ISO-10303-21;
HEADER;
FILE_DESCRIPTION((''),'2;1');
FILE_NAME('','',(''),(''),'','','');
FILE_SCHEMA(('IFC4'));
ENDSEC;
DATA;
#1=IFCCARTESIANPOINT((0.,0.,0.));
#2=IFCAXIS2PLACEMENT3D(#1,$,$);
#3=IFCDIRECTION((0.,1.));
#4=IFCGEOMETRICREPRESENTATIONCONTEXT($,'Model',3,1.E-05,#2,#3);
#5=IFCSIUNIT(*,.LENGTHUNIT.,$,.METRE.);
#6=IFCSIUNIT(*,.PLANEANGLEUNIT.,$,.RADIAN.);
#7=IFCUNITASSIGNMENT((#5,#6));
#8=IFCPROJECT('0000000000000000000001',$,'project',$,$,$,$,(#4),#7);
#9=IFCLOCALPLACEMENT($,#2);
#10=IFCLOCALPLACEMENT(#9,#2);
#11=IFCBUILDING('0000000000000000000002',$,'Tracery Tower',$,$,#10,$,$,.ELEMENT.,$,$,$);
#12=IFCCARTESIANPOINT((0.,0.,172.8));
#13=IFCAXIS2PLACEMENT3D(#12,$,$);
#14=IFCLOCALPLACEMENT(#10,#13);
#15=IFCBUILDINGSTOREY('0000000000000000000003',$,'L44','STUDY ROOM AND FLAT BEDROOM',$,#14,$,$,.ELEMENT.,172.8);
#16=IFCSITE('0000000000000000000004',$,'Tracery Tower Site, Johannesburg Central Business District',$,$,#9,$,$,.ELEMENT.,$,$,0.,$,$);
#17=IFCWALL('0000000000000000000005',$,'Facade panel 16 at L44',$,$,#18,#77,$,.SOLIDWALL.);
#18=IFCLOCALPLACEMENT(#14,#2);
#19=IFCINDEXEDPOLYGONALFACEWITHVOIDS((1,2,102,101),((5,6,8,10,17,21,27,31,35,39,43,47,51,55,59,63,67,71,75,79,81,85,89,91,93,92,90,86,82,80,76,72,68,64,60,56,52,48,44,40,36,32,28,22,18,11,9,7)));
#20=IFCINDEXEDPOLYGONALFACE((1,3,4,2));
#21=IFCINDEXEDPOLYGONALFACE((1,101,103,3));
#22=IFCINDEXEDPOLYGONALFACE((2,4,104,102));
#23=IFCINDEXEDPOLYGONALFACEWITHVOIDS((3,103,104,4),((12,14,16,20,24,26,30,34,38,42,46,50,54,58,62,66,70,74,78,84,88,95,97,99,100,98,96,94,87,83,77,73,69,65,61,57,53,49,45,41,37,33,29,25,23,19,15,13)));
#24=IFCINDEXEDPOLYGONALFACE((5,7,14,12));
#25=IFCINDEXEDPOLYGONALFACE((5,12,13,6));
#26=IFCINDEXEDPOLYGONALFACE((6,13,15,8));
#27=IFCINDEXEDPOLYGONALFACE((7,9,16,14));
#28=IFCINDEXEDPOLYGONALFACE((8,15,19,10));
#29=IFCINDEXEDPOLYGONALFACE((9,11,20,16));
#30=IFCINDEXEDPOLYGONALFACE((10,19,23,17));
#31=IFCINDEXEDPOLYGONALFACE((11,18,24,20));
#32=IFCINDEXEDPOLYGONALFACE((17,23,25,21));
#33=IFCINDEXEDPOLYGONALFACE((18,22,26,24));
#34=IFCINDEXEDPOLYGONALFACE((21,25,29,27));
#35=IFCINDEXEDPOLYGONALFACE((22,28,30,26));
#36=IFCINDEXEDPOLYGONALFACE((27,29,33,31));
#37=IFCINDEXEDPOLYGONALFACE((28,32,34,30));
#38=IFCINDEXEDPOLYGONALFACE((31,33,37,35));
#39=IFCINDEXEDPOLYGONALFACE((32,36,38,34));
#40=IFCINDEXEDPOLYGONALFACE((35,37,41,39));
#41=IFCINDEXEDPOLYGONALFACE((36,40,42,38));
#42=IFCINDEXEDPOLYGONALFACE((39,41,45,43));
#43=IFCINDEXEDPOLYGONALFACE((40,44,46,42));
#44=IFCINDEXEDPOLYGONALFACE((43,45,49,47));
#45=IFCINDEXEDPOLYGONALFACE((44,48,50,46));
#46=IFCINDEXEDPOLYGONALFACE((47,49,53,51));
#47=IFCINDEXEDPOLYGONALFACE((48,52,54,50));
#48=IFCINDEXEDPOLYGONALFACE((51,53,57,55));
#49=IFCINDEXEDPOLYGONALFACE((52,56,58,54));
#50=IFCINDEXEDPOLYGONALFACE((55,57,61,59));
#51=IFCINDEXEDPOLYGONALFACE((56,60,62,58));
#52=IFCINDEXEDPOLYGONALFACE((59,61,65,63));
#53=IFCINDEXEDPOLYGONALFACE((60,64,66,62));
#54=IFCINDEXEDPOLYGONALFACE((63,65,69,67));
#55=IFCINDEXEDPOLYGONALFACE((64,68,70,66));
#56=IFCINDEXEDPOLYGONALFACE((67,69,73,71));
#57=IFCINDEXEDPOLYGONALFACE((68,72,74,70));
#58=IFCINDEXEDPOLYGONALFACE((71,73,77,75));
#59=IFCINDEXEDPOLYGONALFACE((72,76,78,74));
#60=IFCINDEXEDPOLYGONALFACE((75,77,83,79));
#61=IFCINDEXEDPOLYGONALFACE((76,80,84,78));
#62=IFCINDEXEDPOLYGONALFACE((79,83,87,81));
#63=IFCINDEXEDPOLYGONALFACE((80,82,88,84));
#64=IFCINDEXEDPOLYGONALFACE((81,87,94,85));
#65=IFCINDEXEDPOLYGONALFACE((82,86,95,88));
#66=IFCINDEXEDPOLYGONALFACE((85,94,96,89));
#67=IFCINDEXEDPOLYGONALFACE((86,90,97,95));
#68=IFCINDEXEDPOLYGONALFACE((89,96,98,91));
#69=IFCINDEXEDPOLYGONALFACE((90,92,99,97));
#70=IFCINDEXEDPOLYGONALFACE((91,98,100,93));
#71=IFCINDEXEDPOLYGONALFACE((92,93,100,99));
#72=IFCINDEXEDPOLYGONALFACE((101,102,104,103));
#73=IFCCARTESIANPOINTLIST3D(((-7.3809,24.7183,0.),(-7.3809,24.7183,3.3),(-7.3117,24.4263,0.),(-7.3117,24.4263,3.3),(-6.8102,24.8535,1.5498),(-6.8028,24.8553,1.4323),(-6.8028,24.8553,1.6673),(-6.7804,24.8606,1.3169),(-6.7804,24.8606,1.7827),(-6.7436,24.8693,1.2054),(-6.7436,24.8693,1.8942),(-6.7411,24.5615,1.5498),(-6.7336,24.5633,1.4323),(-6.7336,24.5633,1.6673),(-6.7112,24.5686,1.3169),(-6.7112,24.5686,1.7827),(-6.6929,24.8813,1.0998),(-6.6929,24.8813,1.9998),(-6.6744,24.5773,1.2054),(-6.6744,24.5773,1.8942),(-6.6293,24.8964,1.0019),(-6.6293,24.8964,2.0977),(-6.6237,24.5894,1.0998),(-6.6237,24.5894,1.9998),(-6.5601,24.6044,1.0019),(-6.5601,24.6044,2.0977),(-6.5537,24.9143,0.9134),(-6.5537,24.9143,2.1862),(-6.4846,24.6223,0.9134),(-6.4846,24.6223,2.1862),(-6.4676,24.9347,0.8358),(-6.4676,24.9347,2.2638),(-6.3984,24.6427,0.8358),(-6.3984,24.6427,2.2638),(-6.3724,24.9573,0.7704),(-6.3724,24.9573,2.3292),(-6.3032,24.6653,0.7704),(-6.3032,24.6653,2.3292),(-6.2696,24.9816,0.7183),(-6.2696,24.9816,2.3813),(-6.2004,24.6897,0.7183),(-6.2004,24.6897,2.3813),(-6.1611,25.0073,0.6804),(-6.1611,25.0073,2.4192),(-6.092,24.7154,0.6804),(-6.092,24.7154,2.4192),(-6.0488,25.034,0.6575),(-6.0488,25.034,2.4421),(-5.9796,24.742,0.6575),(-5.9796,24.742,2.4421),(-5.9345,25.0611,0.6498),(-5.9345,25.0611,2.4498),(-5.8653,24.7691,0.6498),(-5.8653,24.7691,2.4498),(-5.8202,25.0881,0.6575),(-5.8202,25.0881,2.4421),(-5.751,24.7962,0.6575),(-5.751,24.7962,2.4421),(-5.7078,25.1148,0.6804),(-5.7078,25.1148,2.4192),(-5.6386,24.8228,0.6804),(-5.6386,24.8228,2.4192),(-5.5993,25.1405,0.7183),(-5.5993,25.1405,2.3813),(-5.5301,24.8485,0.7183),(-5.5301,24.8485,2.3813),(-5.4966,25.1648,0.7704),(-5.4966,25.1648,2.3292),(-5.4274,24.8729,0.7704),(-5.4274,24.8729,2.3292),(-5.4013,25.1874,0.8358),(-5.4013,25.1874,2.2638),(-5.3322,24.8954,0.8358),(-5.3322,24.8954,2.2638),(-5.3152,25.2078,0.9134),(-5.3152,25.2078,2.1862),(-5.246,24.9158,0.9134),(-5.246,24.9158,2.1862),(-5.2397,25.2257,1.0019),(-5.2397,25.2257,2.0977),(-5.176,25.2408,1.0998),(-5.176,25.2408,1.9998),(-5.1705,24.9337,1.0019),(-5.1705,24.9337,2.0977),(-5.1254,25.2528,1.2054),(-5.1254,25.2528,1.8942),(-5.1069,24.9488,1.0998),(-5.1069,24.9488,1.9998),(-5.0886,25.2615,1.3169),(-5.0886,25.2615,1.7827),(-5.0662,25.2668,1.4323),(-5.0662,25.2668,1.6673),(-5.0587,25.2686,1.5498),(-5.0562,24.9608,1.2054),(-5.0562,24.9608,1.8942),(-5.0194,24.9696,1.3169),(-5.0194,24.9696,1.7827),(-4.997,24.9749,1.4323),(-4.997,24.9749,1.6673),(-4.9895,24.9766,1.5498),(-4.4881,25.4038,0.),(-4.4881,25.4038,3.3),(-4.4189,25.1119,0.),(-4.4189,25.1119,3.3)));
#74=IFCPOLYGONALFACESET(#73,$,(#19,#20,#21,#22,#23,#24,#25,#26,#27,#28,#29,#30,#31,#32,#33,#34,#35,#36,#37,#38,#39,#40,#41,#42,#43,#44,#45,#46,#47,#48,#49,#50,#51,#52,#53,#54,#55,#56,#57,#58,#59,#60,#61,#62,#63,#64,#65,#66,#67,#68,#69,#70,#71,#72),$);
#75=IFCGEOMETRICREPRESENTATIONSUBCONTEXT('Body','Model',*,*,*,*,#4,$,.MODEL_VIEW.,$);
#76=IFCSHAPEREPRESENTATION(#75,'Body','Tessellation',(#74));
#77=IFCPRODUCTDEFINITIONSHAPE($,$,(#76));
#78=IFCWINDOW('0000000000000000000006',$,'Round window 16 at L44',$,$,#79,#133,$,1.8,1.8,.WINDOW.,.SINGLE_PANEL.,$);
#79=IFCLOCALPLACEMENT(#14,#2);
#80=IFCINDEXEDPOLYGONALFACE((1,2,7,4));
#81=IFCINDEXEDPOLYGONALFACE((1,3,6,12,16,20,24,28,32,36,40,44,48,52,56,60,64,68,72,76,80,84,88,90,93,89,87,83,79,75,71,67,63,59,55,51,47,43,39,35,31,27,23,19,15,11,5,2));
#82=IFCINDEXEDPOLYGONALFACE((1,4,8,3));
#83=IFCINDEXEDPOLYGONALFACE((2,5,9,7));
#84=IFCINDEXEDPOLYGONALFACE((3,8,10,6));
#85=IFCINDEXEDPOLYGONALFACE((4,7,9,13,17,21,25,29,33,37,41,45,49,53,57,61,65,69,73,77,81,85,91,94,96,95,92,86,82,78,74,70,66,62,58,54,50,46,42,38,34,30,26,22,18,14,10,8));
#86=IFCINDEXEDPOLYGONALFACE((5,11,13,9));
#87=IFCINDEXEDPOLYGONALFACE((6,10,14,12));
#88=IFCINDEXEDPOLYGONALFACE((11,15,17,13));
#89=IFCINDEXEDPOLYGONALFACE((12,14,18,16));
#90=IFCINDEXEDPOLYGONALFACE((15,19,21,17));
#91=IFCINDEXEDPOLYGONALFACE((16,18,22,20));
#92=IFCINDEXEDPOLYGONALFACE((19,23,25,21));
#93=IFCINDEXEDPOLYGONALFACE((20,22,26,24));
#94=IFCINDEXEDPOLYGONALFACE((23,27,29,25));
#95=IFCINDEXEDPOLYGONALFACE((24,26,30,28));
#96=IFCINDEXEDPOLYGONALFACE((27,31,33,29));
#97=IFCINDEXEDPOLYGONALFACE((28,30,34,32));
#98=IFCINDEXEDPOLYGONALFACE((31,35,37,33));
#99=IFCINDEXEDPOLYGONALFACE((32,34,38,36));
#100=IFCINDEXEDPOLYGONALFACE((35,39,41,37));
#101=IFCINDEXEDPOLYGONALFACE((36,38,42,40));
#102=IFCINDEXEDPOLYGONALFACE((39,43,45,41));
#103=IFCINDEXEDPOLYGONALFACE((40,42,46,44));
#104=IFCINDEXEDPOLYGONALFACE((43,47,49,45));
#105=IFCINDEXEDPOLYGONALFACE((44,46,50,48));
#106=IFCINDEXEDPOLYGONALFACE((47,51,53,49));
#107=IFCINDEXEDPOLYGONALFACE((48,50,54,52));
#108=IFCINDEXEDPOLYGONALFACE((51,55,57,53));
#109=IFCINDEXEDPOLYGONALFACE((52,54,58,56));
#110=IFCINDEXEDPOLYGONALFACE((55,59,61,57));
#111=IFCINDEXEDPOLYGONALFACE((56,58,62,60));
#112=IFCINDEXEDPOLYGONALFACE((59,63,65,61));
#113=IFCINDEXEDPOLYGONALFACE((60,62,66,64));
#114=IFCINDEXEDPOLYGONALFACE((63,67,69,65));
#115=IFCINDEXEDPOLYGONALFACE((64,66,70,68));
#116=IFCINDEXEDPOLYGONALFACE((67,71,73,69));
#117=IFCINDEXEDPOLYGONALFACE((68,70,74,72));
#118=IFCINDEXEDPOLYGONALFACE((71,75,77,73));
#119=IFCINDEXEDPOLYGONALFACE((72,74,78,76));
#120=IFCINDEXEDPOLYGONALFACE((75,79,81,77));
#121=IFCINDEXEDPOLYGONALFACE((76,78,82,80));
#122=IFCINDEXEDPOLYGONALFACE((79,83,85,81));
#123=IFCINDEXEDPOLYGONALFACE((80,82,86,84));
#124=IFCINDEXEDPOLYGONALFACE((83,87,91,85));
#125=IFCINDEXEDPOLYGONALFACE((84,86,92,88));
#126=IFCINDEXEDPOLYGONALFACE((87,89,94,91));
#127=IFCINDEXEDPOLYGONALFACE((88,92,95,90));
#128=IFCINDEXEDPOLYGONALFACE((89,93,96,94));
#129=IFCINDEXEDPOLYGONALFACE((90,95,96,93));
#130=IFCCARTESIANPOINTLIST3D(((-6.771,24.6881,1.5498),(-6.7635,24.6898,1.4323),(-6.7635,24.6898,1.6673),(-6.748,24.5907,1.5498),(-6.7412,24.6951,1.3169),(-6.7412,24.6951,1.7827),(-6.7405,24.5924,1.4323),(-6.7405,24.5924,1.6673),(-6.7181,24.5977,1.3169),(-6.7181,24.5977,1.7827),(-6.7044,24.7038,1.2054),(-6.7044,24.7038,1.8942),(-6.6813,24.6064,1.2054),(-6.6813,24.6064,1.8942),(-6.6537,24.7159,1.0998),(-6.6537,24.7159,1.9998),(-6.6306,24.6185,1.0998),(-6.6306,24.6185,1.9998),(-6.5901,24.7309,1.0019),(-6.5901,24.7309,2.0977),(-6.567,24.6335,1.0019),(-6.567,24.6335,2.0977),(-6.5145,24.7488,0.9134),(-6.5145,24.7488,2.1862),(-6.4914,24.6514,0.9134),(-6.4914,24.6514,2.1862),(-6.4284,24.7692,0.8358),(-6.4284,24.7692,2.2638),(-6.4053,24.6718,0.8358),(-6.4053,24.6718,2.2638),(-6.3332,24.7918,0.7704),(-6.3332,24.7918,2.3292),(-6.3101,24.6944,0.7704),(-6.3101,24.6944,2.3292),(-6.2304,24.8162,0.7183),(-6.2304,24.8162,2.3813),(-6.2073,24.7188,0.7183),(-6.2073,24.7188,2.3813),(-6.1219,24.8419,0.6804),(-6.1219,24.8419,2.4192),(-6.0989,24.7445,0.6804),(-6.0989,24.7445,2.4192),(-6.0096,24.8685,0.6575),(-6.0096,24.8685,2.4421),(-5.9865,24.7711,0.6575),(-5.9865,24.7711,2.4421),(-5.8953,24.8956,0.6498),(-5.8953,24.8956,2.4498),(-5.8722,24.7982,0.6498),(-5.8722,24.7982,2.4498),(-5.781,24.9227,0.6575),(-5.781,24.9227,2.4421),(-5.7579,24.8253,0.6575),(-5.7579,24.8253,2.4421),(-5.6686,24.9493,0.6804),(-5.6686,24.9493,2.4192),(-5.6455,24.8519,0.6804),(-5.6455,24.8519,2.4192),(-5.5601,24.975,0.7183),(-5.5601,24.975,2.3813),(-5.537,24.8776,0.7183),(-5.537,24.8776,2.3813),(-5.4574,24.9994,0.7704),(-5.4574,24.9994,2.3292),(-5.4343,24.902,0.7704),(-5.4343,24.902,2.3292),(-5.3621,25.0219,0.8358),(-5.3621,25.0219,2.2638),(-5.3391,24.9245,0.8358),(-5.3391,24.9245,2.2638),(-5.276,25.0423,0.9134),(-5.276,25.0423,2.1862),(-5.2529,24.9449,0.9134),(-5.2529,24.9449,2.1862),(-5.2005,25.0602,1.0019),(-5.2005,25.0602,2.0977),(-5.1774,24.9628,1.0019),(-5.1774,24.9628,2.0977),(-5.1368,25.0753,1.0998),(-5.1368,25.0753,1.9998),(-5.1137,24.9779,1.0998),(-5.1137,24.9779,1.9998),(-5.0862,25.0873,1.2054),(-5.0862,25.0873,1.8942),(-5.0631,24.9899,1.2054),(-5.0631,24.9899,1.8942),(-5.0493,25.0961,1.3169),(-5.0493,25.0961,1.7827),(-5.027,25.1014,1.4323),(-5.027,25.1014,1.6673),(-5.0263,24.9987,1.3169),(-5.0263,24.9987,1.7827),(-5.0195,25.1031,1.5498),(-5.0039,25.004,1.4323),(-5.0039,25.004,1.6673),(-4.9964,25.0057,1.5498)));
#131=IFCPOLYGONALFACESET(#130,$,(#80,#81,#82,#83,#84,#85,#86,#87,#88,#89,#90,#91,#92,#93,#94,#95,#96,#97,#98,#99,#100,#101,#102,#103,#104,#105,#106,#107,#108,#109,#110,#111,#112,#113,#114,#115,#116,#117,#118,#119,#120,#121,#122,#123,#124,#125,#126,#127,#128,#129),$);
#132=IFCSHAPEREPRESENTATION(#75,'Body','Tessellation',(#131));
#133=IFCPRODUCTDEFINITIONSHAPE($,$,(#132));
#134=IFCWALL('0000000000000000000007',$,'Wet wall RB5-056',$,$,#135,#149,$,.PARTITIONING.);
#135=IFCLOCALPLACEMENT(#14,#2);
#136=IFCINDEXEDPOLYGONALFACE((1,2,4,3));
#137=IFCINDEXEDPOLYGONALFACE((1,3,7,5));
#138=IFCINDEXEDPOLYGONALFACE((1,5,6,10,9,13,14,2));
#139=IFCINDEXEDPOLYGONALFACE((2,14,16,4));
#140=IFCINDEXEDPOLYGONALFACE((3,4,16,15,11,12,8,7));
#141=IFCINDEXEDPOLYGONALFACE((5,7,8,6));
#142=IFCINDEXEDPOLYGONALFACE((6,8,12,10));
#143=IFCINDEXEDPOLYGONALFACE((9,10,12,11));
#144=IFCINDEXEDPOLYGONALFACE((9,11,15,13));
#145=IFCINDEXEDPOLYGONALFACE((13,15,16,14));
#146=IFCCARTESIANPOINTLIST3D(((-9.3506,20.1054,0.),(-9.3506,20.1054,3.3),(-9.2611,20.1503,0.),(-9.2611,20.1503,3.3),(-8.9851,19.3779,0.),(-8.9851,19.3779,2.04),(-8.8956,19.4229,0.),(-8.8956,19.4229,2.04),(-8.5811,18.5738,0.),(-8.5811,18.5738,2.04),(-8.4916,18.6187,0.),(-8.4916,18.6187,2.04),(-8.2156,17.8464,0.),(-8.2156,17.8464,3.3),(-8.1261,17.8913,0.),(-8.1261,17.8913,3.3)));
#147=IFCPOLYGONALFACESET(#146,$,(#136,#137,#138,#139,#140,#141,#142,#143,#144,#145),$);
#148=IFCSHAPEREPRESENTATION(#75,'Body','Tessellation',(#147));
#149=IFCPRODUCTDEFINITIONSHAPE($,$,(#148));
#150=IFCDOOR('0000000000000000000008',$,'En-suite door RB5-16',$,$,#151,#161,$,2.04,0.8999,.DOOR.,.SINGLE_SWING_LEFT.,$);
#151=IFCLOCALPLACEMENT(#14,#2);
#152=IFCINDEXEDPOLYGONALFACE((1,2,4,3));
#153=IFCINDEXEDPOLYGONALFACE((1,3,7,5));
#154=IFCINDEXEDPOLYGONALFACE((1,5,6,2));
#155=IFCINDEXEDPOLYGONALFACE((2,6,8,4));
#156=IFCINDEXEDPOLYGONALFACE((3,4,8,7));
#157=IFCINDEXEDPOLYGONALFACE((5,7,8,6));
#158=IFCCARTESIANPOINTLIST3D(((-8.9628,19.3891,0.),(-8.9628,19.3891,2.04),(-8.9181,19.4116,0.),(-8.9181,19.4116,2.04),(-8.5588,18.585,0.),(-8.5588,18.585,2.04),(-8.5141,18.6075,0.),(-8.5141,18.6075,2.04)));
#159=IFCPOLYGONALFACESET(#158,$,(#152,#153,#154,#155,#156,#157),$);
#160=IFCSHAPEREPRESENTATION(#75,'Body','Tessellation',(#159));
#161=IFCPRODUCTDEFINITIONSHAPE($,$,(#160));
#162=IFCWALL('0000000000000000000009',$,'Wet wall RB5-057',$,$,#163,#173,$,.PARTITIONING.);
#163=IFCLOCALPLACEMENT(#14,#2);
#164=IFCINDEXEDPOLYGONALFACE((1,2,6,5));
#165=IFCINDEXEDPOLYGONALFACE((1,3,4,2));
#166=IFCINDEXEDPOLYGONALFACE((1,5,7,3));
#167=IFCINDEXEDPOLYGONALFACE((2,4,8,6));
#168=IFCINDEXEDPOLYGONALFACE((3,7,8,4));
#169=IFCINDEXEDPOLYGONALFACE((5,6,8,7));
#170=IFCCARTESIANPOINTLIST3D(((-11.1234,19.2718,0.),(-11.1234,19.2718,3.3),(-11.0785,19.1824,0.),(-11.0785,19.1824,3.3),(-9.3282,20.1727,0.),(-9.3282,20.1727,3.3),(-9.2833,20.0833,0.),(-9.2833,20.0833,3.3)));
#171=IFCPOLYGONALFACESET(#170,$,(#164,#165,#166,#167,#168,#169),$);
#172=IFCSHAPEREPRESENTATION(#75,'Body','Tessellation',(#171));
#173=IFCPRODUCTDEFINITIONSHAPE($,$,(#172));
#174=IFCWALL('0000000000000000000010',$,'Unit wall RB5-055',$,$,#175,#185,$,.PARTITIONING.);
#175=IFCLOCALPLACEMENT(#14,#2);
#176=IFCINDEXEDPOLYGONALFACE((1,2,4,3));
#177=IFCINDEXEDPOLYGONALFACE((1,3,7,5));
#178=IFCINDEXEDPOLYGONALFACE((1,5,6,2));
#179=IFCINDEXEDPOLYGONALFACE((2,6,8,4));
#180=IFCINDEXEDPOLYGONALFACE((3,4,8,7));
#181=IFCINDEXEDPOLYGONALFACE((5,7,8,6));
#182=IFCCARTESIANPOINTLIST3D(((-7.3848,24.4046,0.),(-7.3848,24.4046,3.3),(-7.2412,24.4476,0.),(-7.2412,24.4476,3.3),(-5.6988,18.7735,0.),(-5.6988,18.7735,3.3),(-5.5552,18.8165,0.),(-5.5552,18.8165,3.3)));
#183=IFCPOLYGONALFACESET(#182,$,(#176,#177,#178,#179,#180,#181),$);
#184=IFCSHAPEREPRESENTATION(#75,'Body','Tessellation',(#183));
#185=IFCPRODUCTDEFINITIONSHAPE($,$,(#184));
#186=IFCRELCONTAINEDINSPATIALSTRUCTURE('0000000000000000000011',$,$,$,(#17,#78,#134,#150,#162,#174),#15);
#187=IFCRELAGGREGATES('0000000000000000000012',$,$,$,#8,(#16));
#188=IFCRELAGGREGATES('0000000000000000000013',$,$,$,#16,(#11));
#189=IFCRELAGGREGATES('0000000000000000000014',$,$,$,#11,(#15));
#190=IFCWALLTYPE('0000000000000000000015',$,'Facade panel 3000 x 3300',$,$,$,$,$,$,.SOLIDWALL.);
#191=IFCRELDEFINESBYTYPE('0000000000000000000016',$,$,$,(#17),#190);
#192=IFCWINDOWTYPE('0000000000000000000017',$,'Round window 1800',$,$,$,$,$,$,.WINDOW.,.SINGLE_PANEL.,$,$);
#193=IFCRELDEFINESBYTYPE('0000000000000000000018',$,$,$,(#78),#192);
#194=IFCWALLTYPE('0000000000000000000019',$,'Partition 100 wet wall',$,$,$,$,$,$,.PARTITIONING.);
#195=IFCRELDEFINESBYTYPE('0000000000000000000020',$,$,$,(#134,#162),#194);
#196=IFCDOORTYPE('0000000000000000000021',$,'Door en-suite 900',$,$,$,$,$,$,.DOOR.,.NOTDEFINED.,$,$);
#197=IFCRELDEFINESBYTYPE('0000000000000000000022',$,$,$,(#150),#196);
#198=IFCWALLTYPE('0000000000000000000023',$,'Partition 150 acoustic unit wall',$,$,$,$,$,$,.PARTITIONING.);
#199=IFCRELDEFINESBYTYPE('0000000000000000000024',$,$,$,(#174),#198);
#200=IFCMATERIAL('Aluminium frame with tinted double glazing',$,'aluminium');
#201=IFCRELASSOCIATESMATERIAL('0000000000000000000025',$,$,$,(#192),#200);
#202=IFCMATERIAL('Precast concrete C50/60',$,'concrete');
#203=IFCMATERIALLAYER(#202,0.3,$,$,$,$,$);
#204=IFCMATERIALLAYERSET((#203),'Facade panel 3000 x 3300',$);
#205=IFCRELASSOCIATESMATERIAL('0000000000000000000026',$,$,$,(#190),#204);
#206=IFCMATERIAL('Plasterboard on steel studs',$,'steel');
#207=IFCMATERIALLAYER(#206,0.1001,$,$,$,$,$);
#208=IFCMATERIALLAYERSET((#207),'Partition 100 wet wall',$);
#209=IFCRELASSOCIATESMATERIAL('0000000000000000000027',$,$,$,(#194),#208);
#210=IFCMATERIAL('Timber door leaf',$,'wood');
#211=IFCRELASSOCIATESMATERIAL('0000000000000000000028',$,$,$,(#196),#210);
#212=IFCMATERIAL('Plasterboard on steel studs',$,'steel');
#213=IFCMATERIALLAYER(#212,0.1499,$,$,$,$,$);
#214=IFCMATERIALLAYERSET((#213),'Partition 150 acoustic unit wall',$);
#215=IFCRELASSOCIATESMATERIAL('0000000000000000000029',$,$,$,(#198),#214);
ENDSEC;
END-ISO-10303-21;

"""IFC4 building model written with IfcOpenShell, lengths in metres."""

from ifc_helpers import new_model, si_unit, direction, frame, frame_2d, origin, origin_2d, place, context, subcontext, project, spatial, rectangle, circle, extrude, material, layer, layer_set, type_object, element, fill, save


model = new_model("IFC4")

# Units and contexts
model_context = context("Model", 3, precision=1e-05, world=origin(), true_north=direction((0.0, 1.0)))
body_context = subcontext(model_context, "Body", "Model", "MODEL_VIEW")
ifc_project = project(units=[si_unit("LENGTHUNIT", "METRE"), si_unit("PLANEANGLEUNIT", "RADIAN")], contexts=[model_context])

# Site, building, storey
site_placement = place(None, origin())
site = spatial("IfcSite", under=ifc_project, at=site_placement, Name="Tracery Tower Site, Johannesburg Central Business District", CompositionType="ELEMENT", RefElevation=0.0)
building_placement = place(site_placement, origin())
building = spatial("IfcBuilding", under=site, at=building_placement, Name="Tracery Tower", CompositionType="ELEMENT")
storey_placement = place(building_placement, frame((0.0, 0.0, 172.8)))
storey = spatial("IfcBuildingStorey", under=building, at=storey_placement, Name="L44", Description="STUDY ROOM AND FLAT BEDROOM", CompositionType="ELEMENT", Elevation=172.8)

# Wall, opening, window
ifc_material_1 = material(Name="Aluminium frame with tinted double glazing", Category="aluminium")
window_type = type_object("IfcWindowType", Name="Round window 1800", PartitioningType="SINGLE_PANEL", PredefinedType="WINDOW", material=ifc_material_1)
ifc_material_2 = material(Name="Precast concrete C50/60", Category="concrete")
ifc_layer_1 = layer(ifc_material_2, 0.3)
ifc_layer_set_1 = layer_set([ifc_layer_1], Name="Facade panel 3000 x 3300")
wall_type_1 = type_object("IfcWallType", Name="Facade panel 3000 x 3300", PredefinedType="SOLIDWALL", material=ifc_layer_set_1)
wall_1_placement = place(storey_placement, frame((-4.4536, 25.2578, 0.0), z_axis=(0.0, 0.0, 1.0), x_axis=(-0.97305, -0.230595, 0.0)))
wall_1 = element("IfcWall", 1, at=wall_1_placement, inside=storey, type_object=wall_type_1, Name="Facade panel 16 at L44", PredefinedType="SOLIDWALL", context=body_context, shape_type="SweptSolid", body=[
    extrude(rectangle(XDim=2.9729, YDim=0.3, at=frame_2d((1.4863, 0.0))), origin(), (0.0, 0.0, 1.0), 3.3),
])
opening_1_placement = place(wall_1_placement, frame((1.4863, 0.0, 1.5498)))
opening_1 = element("IfcOpeningElement", 2, at=opening_1_placement, cuts=wall_1, PredefinedType="OPENING", context=body_context, shape_type="SweptSolid", body=[
    extrude(circle(Radius=0.9, at=origin_2d()), frame((0.0, 0.1599, 0.0), z_axis=(0.0, -1.0, 0.0), x_axis=(1.0, 0.0, 0.0)), (0.0, 0.0, 1.0), 0.3201),
])
window_1_placement = place(opening_1_placement, origin())
window_1 = element("IfcWindow", 3, at=window_1_placement, inside=storey, type_object=window_type, Name="Round window 16 at L44", OverallHeight=1.8, OverallWidth=1.8, PartitioningType="SINGLE_PANEL", PredefinedType="WINDOW", context=body_context, shape_type="SweptSolid", body=[
    extrude(circle(Radius=0.9, at=origin_2d()), frame((0.0, 0.1201, 0.0), z_axis=(0.0, -1.0, 0.0), x_axis=(1.0, 0.0, 0.0)), (0.0, 0.0, 1.0), 0.1001),
])
fill(opening_1, window_1)

# Wall, opening, door
ifc_material_3 = material(Name="Plasterboard on steel studs", Category="steel")
ifc_layer_2 = layer(ifc_material_3, 0.1001)
ifc_layer_set_2 = layer_set([ifc_layer_2], Name="Partition 100 wet wall")
wall_type_2 = type_object("IfcWallType", Name="Partition 100 wet wall", PredefinedType="PARTITIONING", material=ifc_layer_set_2)
wall_2_placement = place(storey_placement, frame((-9.3059, 20.1279, 0.0), z_axis=(0.0, 0.0, 1.0), x_axis=(0.448951, -0.893556, 0.0)))
wall_2 = element("IfcWall", 4, at=wall_2_placement, inside=storey, type_object=wall_type_2, Name="Wet wall RB5-056", PredefinedType="PARTITIONING", context=body_context, shape_type="SweptSolid", body=[
    extrude(rectangle(XDim=2.5281, YDim=0.1001, at=frame_2d((1.2642, 0.0))), origin(), (0.0, 0.0, 1.0), 3.3),
])
opening_2_placement = place(wall_2_placement, frame((0.8142, 0.0, 0.0)))
opening_2 = element("IfcOpeningElement", 5, at=opening_2_placement, cuts=wall_2, PredefinedType="OPENING", context=body_context, shape_type="SweptSolid", body=[
    extrude(rectangle(XDim=0.8999, YDim=2.04, at=frame_2d((0.45, 1.02))), frame((0.0, 0.05, 0.0), z_axis=(0.0, -1.0, 0.0), x_axis=(1.0, 0.0, 0.0)), (0.0, 0.0, 1.0), 0.1001),
])
ifc_material_4 = material(Name="Timber door leaf", Category="wood")
door_type_1 = type_object("IfcDoorType", Name="Door en-suite 900", OperationType="NOTDEFINED", PredefinedType="DOOR", material=ifc_material_4)
door_1_placement = place(opening_2_placement, origin())
door_1 = element("IfcDoor", 6, at=door_1_placement, inside=storey, type_object=door_type_1, Name="En-suite door RB5-16", OperationType="SINGLE_SWING_LEFT", OverallHeight=2.04, OverallWidth=0.8999, PredefinedType="DOOR", context=body_context, shape_type="SweptSolid", body=[
    extrude(rectangle(XDim=0.8999, YDim=2.04, at=frame_2d((0.45, 1.02))), frame((0.0, 0.0249, 0.0), z_axis=(0.0, -1.0, 0.0), x_axis=(1.0, 0.0, 0.0)), (0.0, 0.0, 1.0), 0.05),
])
fill(opening_2, door_1)

# Walls
wall_3_placement = place(storey_placement, frame((-11.1011, 19.2271, 0.0), z_axis=(0.0, 0.0, 1.0), x_axis=(0.89377, 0.448526, 0.0)))
element("IfcWall", 7, at=wall_3_placement, inside=storey, type_object=wall_type_2, Name="Wet wall RB5-057", PredefinedType="PARTITIONING", context=body_context, shape_type="SweptSolid", body=[
    extrude(rectangle(XDim=2.0085, YDim=0.1001, at=frame_2d((1.0044, 0.0))), origin(), (0.0, 0.0, 1.0), 3.3),
])
ifc_material_5 = material(Name="Plasterboard on steel studs", Category="steel")
ifc_layer_3 = layer(ifc_material_5, 0.1499)
ifc_layer_set_3 = layer_set([ifc_layer_3], Name="Partition 150 acoustic unit wall")
wall_type_3 = type_object("IfcWallType", Name="Partition 150 acoustic unit wall", PredefinedType="PARTITIONING", material=ifc_layer_set_3)
wall_4_placement = place(storey_placement, frame((-7.313, 24.426, 0.0), z_axis=(0.0, 0.0, 1.0), x_axis=(0.286833, -0.95798, 0.0)))
element("IfcWall", 8, at=wall_4_placement, inside=storey, type_object=wall_type_3, Name="Unit wall RB5-055", PredefinedType="PARTITIONING", context=body_context, shape_type="SweptSolid", body=[
    extrude(rectangle(XDim=5.8782, YDim=0.1499, at=frame_2d((2.939, 0.0))), origin(), (0.0, 0.0, 1.0), 3.3),
])

save(model, "model.ifc")
